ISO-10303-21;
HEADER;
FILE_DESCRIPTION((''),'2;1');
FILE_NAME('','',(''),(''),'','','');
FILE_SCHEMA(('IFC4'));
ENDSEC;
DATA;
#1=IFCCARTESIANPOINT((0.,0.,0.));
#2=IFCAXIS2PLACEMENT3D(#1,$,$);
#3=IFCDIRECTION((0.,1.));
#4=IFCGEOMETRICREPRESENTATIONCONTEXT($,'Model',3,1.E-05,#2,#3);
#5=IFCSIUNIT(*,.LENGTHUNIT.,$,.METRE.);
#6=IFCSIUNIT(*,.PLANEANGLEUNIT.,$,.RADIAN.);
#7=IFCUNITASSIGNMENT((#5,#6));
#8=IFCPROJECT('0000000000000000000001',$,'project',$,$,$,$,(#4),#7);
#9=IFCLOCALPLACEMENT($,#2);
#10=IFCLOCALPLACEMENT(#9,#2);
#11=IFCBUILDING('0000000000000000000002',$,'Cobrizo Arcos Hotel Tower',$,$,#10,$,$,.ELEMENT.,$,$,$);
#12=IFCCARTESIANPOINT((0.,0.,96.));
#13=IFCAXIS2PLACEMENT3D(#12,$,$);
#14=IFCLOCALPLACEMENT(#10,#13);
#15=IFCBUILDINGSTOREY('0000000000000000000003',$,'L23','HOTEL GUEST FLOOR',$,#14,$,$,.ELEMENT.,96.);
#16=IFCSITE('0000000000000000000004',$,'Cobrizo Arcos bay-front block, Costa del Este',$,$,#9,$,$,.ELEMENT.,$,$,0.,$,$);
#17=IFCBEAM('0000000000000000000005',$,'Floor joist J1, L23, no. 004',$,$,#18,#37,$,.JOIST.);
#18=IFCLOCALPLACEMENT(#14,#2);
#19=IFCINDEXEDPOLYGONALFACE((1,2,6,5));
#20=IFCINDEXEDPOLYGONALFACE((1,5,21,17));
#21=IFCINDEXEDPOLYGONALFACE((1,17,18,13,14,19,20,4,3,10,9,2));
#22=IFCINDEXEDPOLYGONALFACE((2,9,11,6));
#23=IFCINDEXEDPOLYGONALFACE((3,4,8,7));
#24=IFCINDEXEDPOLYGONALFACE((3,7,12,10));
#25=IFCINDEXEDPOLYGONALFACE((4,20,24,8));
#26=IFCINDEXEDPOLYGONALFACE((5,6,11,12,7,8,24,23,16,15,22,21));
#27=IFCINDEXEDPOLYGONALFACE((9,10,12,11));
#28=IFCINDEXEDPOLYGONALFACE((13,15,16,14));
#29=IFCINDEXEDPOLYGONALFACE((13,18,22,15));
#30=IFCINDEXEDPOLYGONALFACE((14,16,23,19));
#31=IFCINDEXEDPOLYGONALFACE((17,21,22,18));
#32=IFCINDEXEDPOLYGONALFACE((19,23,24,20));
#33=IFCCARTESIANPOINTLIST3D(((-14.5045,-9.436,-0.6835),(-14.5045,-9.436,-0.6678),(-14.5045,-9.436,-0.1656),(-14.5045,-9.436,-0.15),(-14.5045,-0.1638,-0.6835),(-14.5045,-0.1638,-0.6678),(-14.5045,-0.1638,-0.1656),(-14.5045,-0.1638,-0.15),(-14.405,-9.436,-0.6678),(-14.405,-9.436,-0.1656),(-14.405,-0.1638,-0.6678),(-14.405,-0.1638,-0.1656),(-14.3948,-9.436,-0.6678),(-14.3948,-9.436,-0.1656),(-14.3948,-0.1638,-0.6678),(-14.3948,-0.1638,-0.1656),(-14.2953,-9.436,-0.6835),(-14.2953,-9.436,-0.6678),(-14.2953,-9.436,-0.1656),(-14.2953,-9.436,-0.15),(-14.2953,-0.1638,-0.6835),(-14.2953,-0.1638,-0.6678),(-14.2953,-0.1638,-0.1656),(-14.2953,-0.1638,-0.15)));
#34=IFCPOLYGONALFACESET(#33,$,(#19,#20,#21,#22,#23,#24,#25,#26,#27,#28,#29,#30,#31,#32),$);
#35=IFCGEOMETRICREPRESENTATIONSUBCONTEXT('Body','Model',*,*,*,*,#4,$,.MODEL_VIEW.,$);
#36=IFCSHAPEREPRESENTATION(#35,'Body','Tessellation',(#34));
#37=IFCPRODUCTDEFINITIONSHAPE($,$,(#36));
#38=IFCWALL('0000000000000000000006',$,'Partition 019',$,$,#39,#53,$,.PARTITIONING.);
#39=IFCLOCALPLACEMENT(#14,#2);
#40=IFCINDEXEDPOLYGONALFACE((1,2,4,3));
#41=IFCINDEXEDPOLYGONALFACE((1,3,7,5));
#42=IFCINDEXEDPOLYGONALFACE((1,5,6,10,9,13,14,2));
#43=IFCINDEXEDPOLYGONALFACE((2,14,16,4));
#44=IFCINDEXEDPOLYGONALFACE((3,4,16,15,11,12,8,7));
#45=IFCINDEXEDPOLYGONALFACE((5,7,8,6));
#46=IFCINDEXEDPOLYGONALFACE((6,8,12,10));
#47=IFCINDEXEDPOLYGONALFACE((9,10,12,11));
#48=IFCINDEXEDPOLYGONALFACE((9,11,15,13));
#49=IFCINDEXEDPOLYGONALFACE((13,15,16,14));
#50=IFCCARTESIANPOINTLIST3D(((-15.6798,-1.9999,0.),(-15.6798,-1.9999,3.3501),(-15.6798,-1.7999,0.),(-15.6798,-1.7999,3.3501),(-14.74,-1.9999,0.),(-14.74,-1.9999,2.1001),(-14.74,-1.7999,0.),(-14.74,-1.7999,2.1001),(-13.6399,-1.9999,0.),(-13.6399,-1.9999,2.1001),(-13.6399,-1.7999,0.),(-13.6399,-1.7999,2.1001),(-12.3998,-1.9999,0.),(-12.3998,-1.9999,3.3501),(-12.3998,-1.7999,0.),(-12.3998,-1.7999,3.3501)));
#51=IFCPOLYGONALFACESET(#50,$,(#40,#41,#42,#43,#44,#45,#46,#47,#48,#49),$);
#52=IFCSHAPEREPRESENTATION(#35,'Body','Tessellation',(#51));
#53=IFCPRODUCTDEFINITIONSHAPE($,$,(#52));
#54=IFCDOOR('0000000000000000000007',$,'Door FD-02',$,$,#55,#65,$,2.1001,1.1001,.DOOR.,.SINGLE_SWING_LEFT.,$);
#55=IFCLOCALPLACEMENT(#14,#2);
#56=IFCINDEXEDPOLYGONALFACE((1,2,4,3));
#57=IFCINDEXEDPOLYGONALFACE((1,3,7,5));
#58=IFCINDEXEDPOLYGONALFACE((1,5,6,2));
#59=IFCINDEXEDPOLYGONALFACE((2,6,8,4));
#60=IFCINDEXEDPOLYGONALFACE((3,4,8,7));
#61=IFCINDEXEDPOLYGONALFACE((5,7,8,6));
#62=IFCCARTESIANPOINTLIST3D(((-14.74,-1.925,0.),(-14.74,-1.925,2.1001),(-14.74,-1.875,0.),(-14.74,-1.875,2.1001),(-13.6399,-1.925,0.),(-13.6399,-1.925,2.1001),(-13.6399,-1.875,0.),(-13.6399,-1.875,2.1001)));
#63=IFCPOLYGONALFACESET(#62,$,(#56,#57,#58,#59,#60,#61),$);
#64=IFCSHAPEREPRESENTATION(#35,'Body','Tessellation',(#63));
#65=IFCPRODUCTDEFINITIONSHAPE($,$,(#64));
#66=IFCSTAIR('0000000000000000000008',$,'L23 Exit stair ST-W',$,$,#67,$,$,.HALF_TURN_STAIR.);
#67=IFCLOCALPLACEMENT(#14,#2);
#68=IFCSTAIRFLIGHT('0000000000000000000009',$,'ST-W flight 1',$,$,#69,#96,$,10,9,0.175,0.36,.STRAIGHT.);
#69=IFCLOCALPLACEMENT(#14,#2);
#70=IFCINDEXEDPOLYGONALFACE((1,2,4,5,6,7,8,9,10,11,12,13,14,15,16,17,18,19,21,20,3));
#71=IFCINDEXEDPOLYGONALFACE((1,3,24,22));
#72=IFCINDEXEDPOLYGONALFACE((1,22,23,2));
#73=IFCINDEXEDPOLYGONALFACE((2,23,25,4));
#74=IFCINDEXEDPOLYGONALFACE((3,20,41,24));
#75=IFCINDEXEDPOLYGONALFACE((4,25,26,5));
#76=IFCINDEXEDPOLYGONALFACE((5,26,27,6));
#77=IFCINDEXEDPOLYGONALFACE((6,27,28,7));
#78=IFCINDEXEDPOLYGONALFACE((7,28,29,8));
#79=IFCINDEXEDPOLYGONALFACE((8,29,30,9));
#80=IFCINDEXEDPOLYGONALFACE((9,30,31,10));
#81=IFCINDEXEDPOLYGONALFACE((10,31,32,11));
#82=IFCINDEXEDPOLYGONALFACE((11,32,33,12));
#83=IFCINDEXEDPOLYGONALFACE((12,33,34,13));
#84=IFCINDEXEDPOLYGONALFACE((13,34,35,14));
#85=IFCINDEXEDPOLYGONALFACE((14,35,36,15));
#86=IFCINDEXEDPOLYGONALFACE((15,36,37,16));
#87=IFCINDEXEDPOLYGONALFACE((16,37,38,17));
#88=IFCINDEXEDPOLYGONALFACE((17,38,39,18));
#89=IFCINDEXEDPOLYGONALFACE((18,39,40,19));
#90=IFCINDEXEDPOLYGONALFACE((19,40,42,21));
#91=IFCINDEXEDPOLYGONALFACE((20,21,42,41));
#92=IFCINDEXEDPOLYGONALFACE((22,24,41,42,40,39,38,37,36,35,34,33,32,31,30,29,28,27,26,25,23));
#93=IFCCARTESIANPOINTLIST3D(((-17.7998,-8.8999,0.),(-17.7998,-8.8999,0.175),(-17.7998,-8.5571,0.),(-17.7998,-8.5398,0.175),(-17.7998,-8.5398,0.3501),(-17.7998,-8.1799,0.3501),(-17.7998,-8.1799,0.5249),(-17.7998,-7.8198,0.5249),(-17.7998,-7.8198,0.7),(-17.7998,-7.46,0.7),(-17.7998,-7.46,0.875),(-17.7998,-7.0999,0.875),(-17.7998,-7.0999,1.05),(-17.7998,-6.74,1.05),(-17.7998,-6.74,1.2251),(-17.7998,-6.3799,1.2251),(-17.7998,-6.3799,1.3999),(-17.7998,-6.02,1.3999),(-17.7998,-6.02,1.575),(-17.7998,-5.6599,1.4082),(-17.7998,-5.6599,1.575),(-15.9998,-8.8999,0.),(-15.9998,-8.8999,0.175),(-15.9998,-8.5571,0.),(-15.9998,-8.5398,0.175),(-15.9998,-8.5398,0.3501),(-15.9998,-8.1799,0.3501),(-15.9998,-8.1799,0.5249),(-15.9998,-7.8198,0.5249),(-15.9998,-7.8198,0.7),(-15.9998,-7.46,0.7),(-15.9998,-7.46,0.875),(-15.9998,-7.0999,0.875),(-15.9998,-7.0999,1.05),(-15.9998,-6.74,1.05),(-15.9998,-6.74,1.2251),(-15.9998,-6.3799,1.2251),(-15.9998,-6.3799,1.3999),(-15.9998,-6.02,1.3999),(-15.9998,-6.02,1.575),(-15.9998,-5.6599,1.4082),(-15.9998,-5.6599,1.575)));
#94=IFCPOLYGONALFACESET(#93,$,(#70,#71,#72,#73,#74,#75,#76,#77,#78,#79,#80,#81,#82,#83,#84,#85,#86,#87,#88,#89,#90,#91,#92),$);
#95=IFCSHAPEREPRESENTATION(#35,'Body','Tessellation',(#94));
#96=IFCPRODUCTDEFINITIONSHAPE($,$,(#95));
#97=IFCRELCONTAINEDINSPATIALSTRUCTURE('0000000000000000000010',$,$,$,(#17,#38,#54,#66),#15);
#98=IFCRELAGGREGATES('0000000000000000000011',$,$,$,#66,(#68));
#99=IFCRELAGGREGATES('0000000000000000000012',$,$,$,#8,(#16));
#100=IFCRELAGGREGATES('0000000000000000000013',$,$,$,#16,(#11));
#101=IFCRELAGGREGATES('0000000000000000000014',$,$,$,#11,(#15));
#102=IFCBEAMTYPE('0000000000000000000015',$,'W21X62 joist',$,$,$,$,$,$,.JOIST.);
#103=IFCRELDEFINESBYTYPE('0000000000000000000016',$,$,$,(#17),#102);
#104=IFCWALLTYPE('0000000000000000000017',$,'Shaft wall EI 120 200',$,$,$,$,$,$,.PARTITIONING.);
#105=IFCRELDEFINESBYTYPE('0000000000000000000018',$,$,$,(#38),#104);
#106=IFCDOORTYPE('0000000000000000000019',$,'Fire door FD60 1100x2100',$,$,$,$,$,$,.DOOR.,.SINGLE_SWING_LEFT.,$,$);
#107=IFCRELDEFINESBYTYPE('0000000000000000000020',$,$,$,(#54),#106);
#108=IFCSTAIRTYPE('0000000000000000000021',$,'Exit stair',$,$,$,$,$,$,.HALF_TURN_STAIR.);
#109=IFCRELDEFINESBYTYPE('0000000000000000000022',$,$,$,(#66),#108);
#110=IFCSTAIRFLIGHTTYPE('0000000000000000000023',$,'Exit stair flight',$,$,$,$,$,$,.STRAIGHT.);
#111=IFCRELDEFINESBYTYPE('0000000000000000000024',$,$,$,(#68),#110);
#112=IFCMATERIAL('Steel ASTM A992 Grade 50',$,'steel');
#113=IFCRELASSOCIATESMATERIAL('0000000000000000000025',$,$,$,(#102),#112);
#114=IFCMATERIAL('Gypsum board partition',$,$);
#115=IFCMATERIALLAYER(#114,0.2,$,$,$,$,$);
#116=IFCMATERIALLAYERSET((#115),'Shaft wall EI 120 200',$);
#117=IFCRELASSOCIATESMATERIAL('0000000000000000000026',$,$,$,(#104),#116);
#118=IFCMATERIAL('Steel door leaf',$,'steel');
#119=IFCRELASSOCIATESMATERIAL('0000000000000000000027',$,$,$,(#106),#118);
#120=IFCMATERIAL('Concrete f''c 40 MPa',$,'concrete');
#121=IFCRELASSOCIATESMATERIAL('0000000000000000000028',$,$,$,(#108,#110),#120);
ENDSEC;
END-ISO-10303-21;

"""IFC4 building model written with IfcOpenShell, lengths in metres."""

from ifc_helpers import new_model, si_unit, direction, frame, frame_2d, origin, origin_2d, place, context, subcontext, project, spatial, polyline, rectangle, i_section, outline, extrude, material, layer, layer_set, material_profile, profile_set, type_object, element, fill, aggregate, save


model = new_model("IFC4")

# Units and contexts
model_context = context("Model", 3, precision=1e-05, world=origin(), true_north=direction((0.0, 1.0)))
body_context = subcontext(model_context, "Body", "Model", "MODEL_VIEW")
ifc_project = project(units=[si_unit("LENGTHUNIT", "METRE"), si_unit("PLANEANGLEUNIT", "RADIAN")], contexts=[model_context])

# Site, building, storey
site_placement = place(None, origin())
site = spatial("IfcSite", under=ifc_project, at=site_placement, Name="Cobrizo Arcos bay-front block, Costa del Este", CompositionType="ELEMENT", RefElevation=0.0)
building_placement = place(site_placement, origin())
building = spatial("IfcBuilding", under=site, at=building_placement, Name="Cobrizo Arcos Hotel Tower", CompositionType="ELEMENT")
storey_placement = place(building_placement, frame((0.0, 0.0, 96.0)))
storey = spatial("IfcBuildingStorey", under=building, at=storey_placement, Name="L23", Description="HOTEL GUEST FLOOR", CompositionType="ELEMENT", Elevation=96.0)

# Beam
ifc_material_1 = material(Name="Steel ASTM A992 Grade 50", Category="steel")
ifc_material_profile = material_profile(ifc_material_1, i_section(OverallWidth=0.2092, OverallDepth=0.5334, WebThickness=0.0103, FlangeThickness=0.0156, at=origin_2d()), Name="W21X62")
ifc_profile_set = profile_set([ifc_material_profile], Name="Steel ASTM A992 Grade 50")
beam_type = type_object("IfcBeamType", Name="W21X62 joist", PredefinedType="JOIST", material=ifc_profile_set)
beam_placement = place(storey_placement, frame((-14.3999, -9.436, -0.4167), z_axis=(0.0, 1.0, 0.0), x_axis=(-1.0, 0.0, 0.0)))
element("IfcBeam", 1, at=beam_placement, inside=storey, type_object=beam_type, Name="Floor joist J1, L23, no. 004", PredefinedType="JOIST", context=body_context, shape_type="SweptSolid", body=[
    extrude(i_section(OverallWidth=0.2092, OverallDepth=0.5334, WebThickness=0.0103, FlangeThickness=0.0156, at=origin_2d()), origin(), (0.0, 0.0, 1.0), 9.2722),
])

# Wall, opening, door
ifc_material_2 = material(Name="Gypsum board partition")
ifc_layer = layer(ifc_material_2, 0.2)
ifc_layer_set = layer_set([ifc_layer], Name="Shaft wall EI 120 200")
wall_type = type_object("IfcWallType", Name="Shaft wall EI 120 200", PredefinedType="PARTITIONING", material=ifc_layer_set)
wall_placement = place(storey_placement, frame((-15.6799, -1.8999, 0.0), z_axis=(0.0, 0.0, 1.0), x_axis=(1.0, 0.0, 0.0)))
wall = element("IfcWall", 2, at=wall_placement, inside=storey, type_object=wall_type, Name="Partition 019", PredefinedType="PARTITIONING", context=body_context, shape_type="SweptSolid", body=[
    extrude(rectangle(XDim=3.28, YDim=0.2, at=frame_2d((1.6401, 0.0))), origin(), (0.0, 0.0, 1.0), 3.3501),
])
opening_placement = place(wall_placement, frame((0.9399, 0.0, 0.0)))
opening = element("IfcOpeningElement", 3, at=opening_placement, cuts=wall, PredefinedType="OPENING", context=body_context, shape_type="SweptSolid", body=[
    extrude(rectangle(XDim=1.1001, YDim=2.1001, at=frame_2d((0.55, 1.05))), frame((0.0, 0.1121, 0.0), z_axis=(0.0, -1.0, 0.0), x_axis=(1.0, 0.0, 0.0)), (0.0, 0.0, 1.0), 0.2239),
])
ifc_material_3 = material(Name="Steel door leaf", Category="steel")
door_type = type_object("IfcDoorType", Name="Fire door FD60 1100x2100", OperationType="SINGLE_SWING_LEFT", PredefinedType="DOOR", material=ifc_material_3)
door_placement = place(opening_placement, origin())
door = element("IfcDoor", 4, at=door_placement, inside=storey, type_object=door_type, Name="Door FD-02", OperationType="SINGLE_SWING_LEFT", OverallHeight=2.1001, OverallWidth=1.1001, PredefinedType="DOOR", context=body_context, shape_type="SweptSolid", body=[
    extrude(rectangle(XDim=1.1001, YDim=2.1001, at=frame_2d((0.55, 1.05))), frame((0.0, 0.0249, 0.0), z_axis=(0.0, -1.0, 0.0), x_axis=(1.0, 0.0, 0.0)), (0.0, 0.0, 1.0), 0.05),
])
fill(opening, door)

# Stair, stair flight
ifc_material_4 = material(Name="Concrete f'c 40 MPa", Category="concrete")
stair_type = type_object("IfcStairType", Name="Exit stair", PredefinedType="HALF_TURN_STAIR", material=ifc_material_4)
stair_placement = place(storey_placement, origin())
stair = element("IfcStair", 5, at=stair_placement, inside=storey, type_object=stair_type, Name="L23 Exit stair ST-W", PredefinedType="HALF_TURN_STAIR")
stair_flight_type = type_object("IfcStairFlightType", Name="Exit stair flight", PredefinedType="STRAIGHT", material=ifc_material_4)
stair_flight_placement = place(storey_placement, frame((-16.8999, -8.8999, 0.0), z_axis=(0.0, 0.0, 1.0), x_axis=(0.0, 1.0, 0.0)))
stair_flight = element("IfcStairFlight", 6, at=stair_flight_placement, type_object=stair_flight_type, Name="ST-W flight 1", NumberOfRisers=10, NumberOfTreads=9, PredefinedType="STRAIGHT", RiserHeight=0.175, TreadLength=0.36, context=body_context, shape_type="SweptSolid", body=[
    extrude(outline(polyline([(0.0, 0.0), (0.0, 0.175), (0.3601, 0.175), (0.3601, 0.3501), (0.72, 0.3501), (0.72, 0.5249), (1.0801, 0.5249), (1.0801, 0.7), (1.4399, 0.7), (1.4399, 0.875), (1.8, 0.875), (1.8, 1.05), (2.1599, 1.05), (2.1599, 1.2251), (2.52, 1.2251), (2.52, 1.3999), (2.8799, 1.3999), (2.8799, 1.575), (3.24, 1.575), (3.24, 1.75), (3.24, 1.4082), (0.3428, 0.0), (0.0, 0.0)])), frame((0.0, 0.8999, 0.0), z_axis=(0.0, -1.0, 0.0), x_axis=(1.0, 0.0, 0.0)), (0.0, 0.0, 1.0), 1.8),
])
aggregate(stair, [stair_flight])

save(model, "model.ifc")
